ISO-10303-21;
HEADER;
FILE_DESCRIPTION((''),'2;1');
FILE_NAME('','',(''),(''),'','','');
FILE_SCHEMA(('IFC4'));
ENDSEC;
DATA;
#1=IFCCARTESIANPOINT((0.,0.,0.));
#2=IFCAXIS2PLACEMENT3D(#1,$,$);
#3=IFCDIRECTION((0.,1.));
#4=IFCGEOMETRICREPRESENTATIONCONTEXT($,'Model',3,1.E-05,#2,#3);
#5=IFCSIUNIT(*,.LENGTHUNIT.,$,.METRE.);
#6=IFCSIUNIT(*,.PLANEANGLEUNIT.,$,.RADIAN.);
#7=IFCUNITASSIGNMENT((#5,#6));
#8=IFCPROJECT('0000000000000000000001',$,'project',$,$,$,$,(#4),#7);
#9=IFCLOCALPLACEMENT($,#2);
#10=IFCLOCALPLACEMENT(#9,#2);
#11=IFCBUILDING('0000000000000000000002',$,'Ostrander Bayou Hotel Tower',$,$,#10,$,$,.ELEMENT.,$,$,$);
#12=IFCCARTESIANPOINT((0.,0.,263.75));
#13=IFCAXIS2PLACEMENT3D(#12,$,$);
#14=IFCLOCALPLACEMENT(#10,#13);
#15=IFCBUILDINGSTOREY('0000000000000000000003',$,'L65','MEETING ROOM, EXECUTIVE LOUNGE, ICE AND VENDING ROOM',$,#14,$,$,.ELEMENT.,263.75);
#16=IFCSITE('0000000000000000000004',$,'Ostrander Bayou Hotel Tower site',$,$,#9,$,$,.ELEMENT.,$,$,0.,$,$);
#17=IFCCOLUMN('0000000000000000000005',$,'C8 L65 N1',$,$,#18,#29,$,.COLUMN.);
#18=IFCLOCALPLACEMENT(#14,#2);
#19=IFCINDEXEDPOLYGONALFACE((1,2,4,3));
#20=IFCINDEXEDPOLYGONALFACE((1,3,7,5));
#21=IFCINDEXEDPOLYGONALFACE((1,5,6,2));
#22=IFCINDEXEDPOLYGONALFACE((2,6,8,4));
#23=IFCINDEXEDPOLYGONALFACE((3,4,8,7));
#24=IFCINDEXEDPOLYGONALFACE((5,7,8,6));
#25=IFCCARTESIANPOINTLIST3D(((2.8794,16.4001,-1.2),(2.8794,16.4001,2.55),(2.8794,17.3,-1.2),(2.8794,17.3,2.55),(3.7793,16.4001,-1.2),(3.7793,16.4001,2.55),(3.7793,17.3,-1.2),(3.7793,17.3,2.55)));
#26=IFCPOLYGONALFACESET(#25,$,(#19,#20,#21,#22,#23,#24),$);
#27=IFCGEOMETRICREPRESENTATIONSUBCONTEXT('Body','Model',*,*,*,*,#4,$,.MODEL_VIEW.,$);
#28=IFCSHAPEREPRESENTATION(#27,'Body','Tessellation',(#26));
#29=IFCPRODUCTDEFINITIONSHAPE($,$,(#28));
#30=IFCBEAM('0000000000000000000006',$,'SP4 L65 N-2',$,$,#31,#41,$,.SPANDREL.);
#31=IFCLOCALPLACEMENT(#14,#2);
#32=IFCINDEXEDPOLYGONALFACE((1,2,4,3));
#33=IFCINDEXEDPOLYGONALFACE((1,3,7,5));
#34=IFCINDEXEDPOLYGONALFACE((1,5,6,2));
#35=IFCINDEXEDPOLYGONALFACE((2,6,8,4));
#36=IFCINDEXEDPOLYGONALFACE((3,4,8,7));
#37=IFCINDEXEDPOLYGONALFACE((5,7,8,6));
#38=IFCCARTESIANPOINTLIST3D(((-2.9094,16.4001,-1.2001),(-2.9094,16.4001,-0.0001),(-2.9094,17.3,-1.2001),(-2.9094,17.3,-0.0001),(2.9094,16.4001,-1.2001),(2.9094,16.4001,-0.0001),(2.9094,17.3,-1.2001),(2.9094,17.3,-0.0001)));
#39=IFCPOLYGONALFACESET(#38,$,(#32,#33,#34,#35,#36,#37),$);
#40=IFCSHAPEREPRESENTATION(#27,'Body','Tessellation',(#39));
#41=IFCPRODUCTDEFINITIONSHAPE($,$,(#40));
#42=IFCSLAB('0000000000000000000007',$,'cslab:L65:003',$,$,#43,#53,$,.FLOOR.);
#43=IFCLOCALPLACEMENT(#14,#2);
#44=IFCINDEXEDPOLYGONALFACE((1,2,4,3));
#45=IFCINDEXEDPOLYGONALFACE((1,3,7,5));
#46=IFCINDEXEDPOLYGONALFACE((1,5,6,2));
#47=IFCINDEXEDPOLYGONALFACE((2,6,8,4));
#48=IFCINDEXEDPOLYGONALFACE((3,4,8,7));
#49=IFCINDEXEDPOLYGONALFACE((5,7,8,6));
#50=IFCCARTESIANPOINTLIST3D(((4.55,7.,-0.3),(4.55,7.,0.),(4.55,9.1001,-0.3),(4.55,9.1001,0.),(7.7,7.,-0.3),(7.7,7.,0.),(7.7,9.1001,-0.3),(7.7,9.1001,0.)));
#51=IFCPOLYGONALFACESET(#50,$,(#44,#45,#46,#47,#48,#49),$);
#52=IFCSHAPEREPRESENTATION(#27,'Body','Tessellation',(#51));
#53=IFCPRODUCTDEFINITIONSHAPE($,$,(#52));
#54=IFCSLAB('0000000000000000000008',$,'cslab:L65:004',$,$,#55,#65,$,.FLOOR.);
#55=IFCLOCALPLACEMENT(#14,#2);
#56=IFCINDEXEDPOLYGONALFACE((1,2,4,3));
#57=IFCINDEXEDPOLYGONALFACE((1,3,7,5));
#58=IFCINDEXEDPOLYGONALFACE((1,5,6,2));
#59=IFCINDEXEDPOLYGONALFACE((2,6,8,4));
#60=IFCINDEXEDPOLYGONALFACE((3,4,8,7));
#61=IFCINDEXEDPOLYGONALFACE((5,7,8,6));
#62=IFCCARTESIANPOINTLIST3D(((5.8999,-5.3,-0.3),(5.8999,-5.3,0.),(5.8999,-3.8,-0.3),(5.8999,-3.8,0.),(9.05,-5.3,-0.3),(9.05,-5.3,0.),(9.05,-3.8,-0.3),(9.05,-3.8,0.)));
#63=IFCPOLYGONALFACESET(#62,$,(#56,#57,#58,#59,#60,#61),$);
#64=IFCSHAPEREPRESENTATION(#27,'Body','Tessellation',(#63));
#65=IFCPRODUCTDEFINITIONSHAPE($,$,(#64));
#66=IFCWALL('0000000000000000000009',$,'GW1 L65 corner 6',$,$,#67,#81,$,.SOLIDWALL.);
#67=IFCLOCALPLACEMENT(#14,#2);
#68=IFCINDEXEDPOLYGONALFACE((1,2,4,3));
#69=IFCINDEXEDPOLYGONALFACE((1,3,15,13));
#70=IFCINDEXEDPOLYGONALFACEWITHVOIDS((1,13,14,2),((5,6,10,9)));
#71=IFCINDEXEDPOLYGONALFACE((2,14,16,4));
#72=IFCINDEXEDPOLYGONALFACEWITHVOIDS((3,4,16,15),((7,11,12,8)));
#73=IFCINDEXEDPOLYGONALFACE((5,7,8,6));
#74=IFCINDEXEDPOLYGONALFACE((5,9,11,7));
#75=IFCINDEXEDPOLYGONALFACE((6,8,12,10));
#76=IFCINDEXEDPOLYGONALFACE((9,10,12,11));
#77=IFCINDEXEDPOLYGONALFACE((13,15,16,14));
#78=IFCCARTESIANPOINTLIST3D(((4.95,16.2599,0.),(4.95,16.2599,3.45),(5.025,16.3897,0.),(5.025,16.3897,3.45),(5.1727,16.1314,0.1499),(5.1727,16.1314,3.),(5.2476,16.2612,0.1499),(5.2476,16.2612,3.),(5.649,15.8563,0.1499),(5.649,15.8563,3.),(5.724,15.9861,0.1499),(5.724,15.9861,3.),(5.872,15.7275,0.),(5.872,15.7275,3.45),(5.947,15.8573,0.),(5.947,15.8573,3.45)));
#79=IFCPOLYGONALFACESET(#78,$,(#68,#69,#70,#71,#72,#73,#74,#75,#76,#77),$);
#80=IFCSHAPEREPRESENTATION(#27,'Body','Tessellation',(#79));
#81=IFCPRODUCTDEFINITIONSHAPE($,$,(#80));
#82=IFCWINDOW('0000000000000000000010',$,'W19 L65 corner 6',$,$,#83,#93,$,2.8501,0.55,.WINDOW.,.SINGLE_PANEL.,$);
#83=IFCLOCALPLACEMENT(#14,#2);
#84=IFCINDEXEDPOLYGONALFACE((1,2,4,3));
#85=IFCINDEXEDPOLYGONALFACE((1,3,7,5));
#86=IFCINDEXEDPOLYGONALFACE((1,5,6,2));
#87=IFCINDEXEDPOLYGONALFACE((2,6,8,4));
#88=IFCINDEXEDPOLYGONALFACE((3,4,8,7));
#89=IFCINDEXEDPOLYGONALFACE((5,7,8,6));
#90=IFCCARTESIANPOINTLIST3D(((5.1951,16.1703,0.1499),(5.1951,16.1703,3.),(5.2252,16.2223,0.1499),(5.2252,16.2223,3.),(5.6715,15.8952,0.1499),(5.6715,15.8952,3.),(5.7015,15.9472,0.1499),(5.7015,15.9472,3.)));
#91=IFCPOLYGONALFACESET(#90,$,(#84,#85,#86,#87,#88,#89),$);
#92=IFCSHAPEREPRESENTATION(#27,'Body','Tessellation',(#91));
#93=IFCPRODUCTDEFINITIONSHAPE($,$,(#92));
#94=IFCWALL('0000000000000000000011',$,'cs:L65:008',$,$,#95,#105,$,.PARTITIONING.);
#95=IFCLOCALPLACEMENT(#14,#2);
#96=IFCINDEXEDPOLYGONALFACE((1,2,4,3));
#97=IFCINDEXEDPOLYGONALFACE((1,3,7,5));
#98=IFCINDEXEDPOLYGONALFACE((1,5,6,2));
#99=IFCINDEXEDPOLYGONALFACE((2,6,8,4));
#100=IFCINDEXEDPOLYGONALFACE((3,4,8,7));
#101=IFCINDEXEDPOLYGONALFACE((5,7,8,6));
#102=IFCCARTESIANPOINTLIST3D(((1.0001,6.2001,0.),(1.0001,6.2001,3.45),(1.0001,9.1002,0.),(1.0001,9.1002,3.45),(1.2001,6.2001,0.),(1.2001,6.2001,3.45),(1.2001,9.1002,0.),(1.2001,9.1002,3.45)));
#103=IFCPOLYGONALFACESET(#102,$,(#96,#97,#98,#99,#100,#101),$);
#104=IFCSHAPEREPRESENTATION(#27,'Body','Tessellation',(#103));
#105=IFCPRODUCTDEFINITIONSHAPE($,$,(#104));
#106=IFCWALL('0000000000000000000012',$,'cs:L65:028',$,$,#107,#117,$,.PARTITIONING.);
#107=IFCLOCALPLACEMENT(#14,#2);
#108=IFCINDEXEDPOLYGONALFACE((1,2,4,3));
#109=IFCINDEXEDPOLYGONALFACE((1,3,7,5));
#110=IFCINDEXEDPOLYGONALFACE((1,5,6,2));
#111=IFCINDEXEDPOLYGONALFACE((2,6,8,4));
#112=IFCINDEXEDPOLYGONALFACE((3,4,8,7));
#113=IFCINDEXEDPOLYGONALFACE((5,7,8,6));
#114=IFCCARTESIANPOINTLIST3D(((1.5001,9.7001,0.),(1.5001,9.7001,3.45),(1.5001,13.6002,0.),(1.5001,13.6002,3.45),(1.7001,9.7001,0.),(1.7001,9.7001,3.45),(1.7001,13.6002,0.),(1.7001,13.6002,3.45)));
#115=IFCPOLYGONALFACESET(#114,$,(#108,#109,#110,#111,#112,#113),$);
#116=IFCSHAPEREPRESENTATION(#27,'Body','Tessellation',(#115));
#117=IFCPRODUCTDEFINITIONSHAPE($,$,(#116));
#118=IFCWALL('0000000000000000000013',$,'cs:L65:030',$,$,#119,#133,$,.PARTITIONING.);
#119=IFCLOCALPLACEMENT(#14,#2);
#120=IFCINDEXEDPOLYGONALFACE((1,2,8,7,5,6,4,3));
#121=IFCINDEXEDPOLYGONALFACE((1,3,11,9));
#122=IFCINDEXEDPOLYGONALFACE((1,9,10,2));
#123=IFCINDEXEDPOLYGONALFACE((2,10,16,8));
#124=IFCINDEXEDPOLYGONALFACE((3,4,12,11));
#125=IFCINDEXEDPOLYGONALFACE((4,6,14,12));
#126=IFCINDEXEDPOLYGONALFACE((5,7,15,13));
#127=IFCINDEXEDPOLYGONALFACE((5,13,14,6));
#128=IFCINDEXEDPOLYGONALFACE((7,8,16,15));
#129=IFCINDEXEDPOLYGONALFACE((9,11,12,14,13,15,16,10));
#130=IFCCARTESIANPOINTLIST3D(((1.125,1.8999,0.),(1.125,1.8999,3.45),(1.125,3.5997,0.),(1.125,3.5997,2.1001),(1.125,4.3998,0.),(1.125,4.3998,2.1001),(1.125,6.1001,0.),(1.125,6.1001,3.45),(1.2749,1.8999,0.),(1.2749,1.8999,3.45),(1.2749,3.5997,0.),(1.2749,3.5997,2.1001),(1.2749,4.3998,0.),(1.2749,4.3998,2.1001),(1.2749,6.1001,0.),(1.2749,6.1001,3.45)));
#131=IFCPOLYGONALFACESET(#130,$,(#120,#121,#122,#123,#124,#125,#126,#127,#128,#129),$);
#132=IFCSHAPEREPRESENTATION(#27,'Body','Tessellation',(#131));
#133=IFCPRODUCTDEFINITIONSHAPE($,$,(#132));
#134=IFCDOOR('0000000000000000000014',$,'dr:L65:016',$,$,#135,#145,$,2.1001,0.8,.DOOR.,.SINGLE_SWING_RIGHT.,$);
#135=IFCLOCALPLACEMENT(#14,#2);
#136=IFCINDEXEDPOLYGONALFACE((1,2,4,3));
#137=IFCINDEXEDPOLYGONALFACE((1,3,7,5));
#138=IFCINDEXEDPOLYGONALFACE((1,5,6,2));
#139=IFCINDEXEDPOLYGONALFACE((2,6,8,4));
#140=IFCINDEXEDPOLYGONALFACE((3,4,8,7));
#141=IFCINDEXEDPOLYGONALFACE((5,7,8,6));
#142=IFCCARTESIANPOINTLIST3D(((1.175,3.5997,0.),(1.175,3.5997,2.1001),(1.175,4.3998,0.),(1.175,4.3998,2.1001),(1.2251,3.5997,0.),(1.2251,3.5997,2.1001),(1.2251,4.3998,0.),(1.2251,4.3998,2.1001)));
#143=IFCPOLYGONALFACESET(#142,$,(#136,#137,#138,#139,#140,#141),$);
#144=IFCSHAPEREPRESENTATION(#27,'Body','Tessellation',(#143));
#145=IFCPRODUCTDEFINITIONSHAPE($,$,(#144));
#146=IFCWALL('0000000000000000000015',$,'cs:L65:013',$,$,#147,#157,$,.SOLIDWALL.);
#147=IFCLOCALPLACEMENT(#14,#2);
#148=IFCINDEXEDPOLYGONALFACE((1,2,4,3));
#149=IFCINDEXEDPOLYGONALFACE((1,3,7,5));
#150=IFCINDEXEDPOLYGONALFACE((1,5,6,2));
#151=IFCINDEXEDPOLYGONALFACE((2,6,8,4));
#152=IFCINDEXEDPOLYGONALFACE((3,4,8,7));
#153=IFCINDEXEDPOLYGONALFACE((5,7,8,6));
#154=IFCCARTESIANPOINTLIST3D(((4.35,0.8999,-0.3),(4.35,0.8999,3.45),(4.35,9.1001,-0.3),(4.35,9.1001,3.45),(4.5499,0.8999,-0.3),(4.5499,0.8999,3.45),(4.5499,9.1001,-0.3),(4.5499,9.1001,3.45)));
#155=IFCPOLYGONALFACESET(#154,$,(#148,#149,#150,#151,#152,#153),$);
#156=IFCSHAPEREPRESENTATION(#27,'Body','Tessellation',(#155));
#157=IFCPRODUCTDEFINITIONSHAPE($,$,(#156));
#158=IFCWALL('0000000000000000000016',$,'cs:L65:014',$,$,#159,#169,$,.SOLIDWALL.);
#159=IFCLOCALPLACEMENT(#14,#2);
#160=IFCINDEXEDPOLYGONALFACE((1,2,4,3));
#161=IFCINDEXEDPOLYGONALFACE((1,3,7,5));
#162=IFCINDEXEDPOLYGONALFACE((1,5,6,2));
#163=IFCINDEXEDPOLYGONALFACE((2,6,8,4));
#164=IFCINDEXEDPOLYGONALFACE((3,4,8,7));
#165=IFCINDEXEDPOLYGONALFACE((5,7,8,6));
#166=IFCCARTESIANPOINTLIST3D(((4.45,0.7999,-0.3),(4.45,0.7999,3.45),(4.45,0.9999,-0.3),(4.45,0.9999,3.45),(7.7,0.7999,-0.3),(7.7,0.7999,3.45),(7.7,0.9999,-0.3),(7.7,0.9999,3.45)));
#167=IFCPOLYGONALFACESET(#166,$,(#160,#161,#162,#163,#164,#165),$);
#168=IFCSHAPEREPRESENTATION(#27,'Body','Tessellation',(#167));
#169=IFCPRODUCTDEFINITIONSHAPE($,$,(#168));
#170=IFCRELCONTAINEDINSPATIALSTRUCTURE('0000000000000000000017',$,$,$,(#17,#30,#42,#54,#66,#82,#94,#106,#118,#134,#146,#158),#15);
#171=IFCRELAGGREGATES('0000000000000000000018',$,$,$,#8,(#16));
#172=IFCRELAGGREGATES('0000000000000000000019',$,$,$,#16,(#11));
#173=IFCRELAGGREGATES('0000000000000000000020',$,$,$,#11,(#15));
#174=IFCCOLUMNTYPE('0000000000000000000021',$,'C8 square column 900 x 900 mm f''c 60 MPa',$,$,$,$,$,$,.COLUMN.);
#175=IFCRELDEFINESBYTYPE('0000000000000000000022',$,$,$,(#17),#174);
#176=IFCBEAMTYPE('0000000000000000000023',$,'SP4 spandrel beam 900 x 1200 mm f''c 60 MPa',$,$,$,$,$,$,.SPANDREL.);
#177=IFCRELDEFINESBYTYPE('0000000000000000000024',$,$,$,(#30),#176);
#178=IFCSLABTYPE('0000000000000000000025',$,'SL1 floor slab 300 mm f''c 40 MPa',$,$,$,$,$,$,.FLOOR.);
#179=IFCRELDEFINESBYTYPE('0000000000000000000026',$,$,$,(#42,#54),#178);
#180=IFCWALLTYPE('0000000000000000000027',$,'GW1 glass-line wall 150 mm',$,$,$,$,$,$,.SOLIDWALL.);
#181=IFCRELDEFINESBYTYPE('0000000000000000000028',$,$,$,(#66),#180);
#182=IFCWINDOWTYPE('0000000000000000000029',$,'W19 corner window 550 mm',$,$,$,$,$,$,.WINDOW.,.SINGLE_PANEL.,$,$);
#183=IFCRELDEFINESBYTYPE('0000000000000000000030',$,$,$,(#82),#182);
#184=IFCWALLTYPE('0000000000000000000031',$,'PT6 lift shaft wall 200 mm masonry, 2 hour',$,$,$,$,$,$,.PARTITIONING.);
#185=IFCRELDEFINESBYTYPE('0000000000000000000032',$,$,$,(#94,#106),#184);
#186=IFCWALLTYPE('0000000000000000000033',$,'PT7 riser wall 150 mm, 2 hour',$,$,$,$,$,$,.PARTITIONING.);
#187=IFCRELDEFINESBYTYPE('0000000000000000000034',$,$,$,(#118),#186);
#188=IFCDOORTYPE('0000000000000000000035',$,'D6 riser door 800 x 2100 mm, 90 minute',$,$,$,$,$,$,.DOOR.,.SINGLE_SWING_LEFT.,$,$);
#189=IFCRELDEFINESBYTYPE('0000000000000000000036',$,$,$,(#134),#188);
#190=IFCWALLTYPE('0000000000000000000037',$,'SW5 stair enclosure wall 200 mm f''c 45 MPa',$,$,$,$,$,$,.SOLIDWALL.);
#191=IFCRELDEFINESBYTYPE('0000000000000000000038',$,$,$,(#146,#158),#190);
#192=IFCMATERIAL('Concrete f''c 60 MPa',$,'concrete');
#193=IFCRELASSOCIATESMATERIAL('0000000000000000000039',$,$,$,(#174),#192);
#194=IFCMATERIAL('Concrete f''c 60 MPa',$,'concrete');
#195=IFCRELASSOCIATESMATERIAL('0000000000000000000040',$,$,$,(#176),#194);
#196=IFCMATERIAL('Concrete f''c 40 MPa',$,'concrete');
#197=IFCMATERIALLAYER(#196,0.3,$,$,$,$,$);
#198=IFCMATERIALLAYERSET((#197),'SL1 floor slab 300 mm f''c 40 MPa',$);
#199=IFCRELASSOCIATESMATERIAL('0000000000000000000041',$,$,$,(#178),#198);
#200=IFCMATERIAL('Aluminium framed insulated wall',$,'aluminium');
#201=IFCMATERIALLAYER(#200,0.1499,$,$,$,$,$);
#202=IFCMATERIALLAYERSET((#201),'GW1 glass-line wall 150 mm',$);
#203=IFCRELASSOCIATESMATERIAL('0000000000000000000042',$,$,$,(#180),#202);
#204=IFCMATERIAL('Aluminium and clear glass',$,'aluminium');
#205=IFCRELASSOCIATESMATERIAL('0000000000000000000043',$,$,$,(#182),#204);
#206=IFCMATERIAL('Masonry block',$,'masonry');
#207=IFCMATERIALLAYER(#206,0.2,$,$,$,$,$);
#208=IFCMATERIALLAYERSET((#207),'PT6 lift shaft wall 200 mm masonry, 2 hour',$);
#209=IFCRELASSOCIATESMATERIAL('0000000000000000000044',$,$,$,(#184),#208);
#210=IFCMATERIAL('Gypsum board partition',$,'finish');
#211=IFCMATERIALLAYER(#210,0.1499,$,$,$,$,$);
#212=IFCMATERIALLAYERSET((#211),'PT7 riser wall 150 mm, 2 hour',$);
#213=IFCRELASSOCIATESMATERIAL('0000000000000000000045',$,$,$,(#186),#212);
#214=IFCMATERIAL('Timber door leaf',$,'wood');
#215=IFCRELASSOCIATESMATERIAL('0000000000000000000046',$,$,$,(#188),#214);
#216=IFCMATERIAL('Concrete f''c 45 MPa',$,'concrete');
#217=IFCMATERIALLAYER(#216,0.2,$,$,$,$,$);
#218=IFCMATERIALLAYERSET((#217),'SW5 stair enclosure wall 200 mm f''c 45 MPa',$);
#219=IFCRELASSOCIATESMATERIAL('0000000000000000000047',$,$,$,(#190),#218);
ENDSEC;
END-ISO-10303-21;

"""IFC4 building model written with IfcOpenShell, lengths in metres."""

from ifc_helpers import new_model, si_unit, direction, frame, frame_2d, origin, origin_2d, place, context, subcontext, project, spatial, polyline, rectangle, outline, extrude, material, layer, layer_set, material_profile, profile_set, type_object, element, fill, save


model = new_model("IFC4")

# Units and contexts
model_context = context("Model", 3, precision=1e-05, world=origin(), true_north=direction((0.0, 1.0)))
body_context = subcontext(model_context, "Body", "Model", "MODEL_VIEW")
ifc_project = project(units=[si_unit("LENGTHUNIT", "METRE"), si_unit("PLANEANGLEUNIT", "RADIAN")], contexts=[model_context])

# Site, building, storey
site_placement = place(None, origin())
site = spatial("IfcSite", under=ifc_project, at=site_placement, Name="Ostrander Bayou Hotel Tower site", CompositionType="ELEMENT", RefElevation=0.0)
building_placement = place(site_placement, origin())
building = spatial("IfcBuilding", under=site, at=building_placement, Name="Ostrander Bayou Hotel Tower", CompositionType="ELEMENT")
storey_placement = place(building_placement, frame((0.0, 0.0, 263.75)))
storey = spatial("IfcBuildingStorey", under=building, at=storey_placement, Name="L65", Description="MEETING ROOM, EXECUTIVE LOUNGE, ICE AND VENDING ROOM", CompositionType="ELEMENT", Elevation=263.75)

# Column
ifc_material_1 = material(Name="Concrete f'c 60 MPa", Category="concrete")
ifc_material_profile_1 = material_profile(ifc_material_1, rectangle(XDim=0.8999, YDim=0.8999, at=origin_2d()))
ifc_profile_set_1 = profile_set([ifc_material_profile_1], Name="Concrete f'c 60 MPa")
column_type = type_object("IfcColumnType", Name="C8 square column 900 x 900 mm f'c 60 MPa", PredefinedType="COLUMN", material=ifc_profile_set_1)
column_placement = place(storey_placement, frame((3.3293, 16.8501, -1.2), z_axis=(0.0, 0.0, 1.0), x_axis=(1.0, 0.0, 0.0)))
element("IfcColumn", 1, at=column_placement, inside=storey, type_object=column_type, Name="C8 L65 N1", PredefinedType="COLUMN", context=body_context, shape_type="SweptSolid", body=[
    extrude(rectangle(XDim=0.8999, YDim=0.8999, at=origin_2d()), origin(), (0.0, 0.0, 1.0), 3.75),
])

# Beam
ifc_material_2 = material(Name="Concrete f'c 60 MPa", Category="concrete")
ifc_material_profile_2 = material_profile(ifc_material_2, rectangle(XDim=0.8999, YDim=1.2, at=origin_2d()))
ifc_profile_set_2 = profile_set([ifc_material_profile_2], Name="Concrete f'c 60 MPa")
beam_type = type_object("IfcBeamType", Name="SP4 spandrel beam 900 x 1200 mm f'c 60 MPa", PredefinedType="SPANDREL", material=ifc_profile_set_2)
beam_placement = place(storey_placement, frame((2.9094, 16.8501, -0.6001), z_axis=(-1.0, 0.0, 0.0), x_axis=(0.0, -1.0, 0.0)))
element("IfcBeam", 2, at=beam_placement, inside=storey, type_object=beam_type, Name="SP4 L65 N-2", PredefinedType="SPANDREL", context=body_context, shape_type="SweptSolid", body=[
    extrude(rectangle(XDim=0.8999, YDim=1.2, at=origin_2d()), origin(), (0.0, 0.0, 1.0), 5.8188),
])

# Slabs
ifc_material_3 = material(Name="Concrete f'c 40 MPa", Category="concrete")
ifc_layer_1 = layer(ifc_material_3, 0.3)
ifc_layer_set_1 = layer_set([ifc_layer_1], Name="SL1 floor slab 300 mm f'c 40 MPa")
slab_type = type_object("IfcSlabType", Name="SL1 floor slab 300 mm f'c 40 MPa", PredefinedType="FLOOR", material=ifc_layer_set_1)
slab_1_placement = place(storey_placement, frame((0.0, 0.0, -0.3)))
element("IfcSlab", 3, at=slab_1_placement, inside=storey, type_object=slab_type, Name="cslab:L65:003", PredefinedType="FLOOR", context=body_context, shape_type="SweptSolid", body=[
    extrude(outline(polyline([(7.7, 7.0), (7.7, 9.1001), (4.55, 9.1001), (4.55, 7.0), (7.7, 7.0)])), origin(), (0.0, 0.0, 1.0), 0.3),
])
slab_2_placement = place(storey_placement, frame((0.0, 0.0, -0.3)))
element("IfcSlab", 4, at=slab_2_placement, inside=storey, type_object=slab_type, Name="cslab:L65:004", PredefinedType="FLOOR", context=body_context, shape_type="SweptSolid", body=[
    extrude(outline(polyline([(9.05, -5.3), (9.05, -3.8), (5.8999, -3.8), (5.8999, -5.3), (9.05, -5.3)])), origin(), (0.0, 0.0, 1.0), 0.3),
])

# Wall, opening, window
ifc_material_4 = material(Name="Aluminium framed insulated wall", Category="aluminium")
ifc_layer_2 = layer(ifc_material_4, 0.1499)
ifc_layer_set_2 = layer_set([ifc_layer_2], Name="GW1 glass-line wall 150 mm")
wall_type_1 = type_object("IfcWallType", Name="GW1 glass-line wall 150 mm", PredefinedType="SOLIDWALL", material=ifc_layer_set_2)
wall_1_placement = place(storey_placement, frame((5.9094, 15.7925, 0.0), z_axis=(0.0, 0.0, 1.0), x_axis=(-0.865991, 0.50006, 0.0)))
wall_1 = element("IfcWall", 5, at=wall_1_placement, inside=storey, type_object=wall_type_1, Name="GW1 L65 corner 6", PredefinedType="SOLIDWALL", context=body_context, shape_type="SweptSolid", body=[
    extrude(rectangle(XDim=1.0647, YDim=0.1499, at=frame_2d((0.5322, 0.0))), origin(), (0.0, 0.0, 1.0), 3.45),
])
opening_1_placement = place(wall_1_placement, frame((0.2576, 0.0, 0.1499)))
opening_1 = element("IfcOpeningElement", 6, at=opening_1_placement, cuts=wall_1, PredefinedType="OPENING", context=body_context, shape_type="SweptSolid", body=[
    extrude(rectangle(XDim=0.55, YDim=2.8501, at=frame_2d((0.2749, 1.425))), frame((0.0, 0.075, 0.0), z_axis=(0.0, -1.0, 0.0), x_axis=(1.0, 0.0, 0.0)), (0.0, 0.0, 1.0), 0.1499),
])
ifc_material_5 = material(Name="Aluminium and clear glass", Category="aluminium")
window_type_1 = type_object("IfcWindowType", Name="W19 corner window 550 mm", PartitioningType="SINGLE_PANEL", PredefinedType="WINDOW", material=ifc_material_5)
window_1_placement = place(opening_1_placement, origin())
window_1 = element("IfcWindow", 7, at=window_1_placement, inside=storey, type_object=window_type_1, Name="W19 L65 corner 6", OverallHeight=2.8501, OverallWidth=0.55, PartitioningType="SINGLE_PANEL", PredefinedType="WINDOW", context=body_context, shape_type="SweptSolid", body=[
    extrude(rectangle(XDim=0.55, YDim=2.8501, at=frame_2d((0.2749, 1.425))), frame((0.0, 0.03, 0.0), z_axis=(0.0, -1.0, 0.0), x_axis=(1.0, 0.0, 0.0)), (0.0, 0.0, 1.0), 0.0601),
])
fill(opening_1, window_1)

# Shared definitions
ifc_material_6 = material(Name="Masonry block", Category="masonry")
ifc_layer_3 = layer(ifc_material_6, 0.2)
ifc_layer_set_3 = layer_set([ifc_layer_3], Name="PT6 lift shaft wall 200 mm masonry, 2 hour")
wall_type_2 = type_object("IfcWallType", Name="PT6 lift shaft wall 200 mm masonry, 2 hour", PredefinedType="PARTITIONING", material=ifc_layer_set_3)

# Walls
wall_2_placement = place(storey_placement, frame((1.1001, 6.2, 0.0), z_axis=(0.0, 0.0, 1.0), x_axis=(0.0, 1.0, 0.0)))
element("IfcWall", 8, at=wall_2_placement, inside=storey, type_object=wall_type_2, Name="cs:L65:008", PredefinedType="PARTITIONING", context=body_context, shape_type="SweptSolid", body=[
    extrude(rectangle(XDim=2.9001, YDim=0.2, at=frame_2d((1.4502, 0.0))), origin(), (0.0, 0.0, 1.0), 3.45),
])
wall_3_placement = place(storey_placement, frame((1.6001, 9.7, 0.0), z_axis=(0.0, 0.0, 1.0), x_axis=(0.0, 1.0, 0.0)))
element("IfcWall", 9, at=wall_3_placement, inside=storey, type_object=wall_type_2, Name="cs:L65:028", PredefinedType="PARTITIONING", context=body_context, shape_type="SweptSolid", body=[
    extrude(rectangle(XDim=3.9001, YDim=0.2, at=frame_2d((1.9502, 0.0))), origin(), (0.0, 0.0, 1.0), 3.45),
])

# Wall, opening, door
ifc_material_7 = material(Name="Gypsum board partition", Category="finish")
ifc_layer_4 = layer(ifc_material_7, 0.1499)
ifc_layer_set_4 = layer_set([ifc_layer_4], Name="PT7 riser wall 150 mm, 2 hour")
wall_type_3 = type_object("IfcWallType", Name="PT7 riser wall 150 mm, 2 hour", PredefinedType="PARTITIONING", material=ifc_layer_set_4)
wall_4_placement = place(storey_placement, frame((1.2, 1.8999, 0.0), z_axis=(0.0, 0.0, 1.0), x_axis=(0.0, 1.0, 0.0)))
wall_4 = element("IfcWall", 10, at=wall_4_placement, inside=storey, type_object=wall_type_3, Name="cs:L65:030", PredefinedType="PARTITIONING", context=body_context, shape_type="SweptSolid", body=[
    extrude(rectangle(XDim=4.2002, YDim=0.1499, at=frame_2d((2.1001, 0.0))), origin(), (0.0, 0.0, 1.0), 3.45),
])
opening_2_placement = place(wall_4_placement, frame((1.7, 0.0, 0.0)))
opening_2 = element("IfcOpeningElement", 11, at=opening_2_placement, cuts=wall_4, PredefinedType="OPENING", context=body_context, shape_type="SweptSolid", body=[
    extrude(rectangle(XDim=0.8, YDim=2.1001, at=frame_2d((0.3999, 1.05))), frame((0.0, 0.075, 0.0), z_axis=(0.0, -1.0, 0.0), x_axis=(1.0, 0.0, 0.0)), (0.0, 0.0, 1.0), 0.1499),
])
ifc_material_8 = material(Name="Timber door leaf", Category="wood")
door_type_1 = type_object("IfcDoorType", Name="D6 riser door 800 x 2100 mm, 90 minute", OperationType="SINGLE_SWING_LEFT", PredefinedType="DOOR", material=ifc_material_8)
door_1_placement = place(opening_2_placement, origin())
door_1 = element("IfcDoor", 12, at=door_1_placement, inside=storey, type_object=door_type_1, Name="dr:L65:016", OperationType="SINGLE_SWING_RIGHT", OverallHeight=2.1001, OverallWidth=0.8, PredefinedType="DOOR", context=body_context, shape_type="SweptSolid", body=[
    extrude(rectangle(XDim=0.8, YDim=2.1001, at=frame_2d((0.3999, 1.05))), frame((0.0, 0.0249, 0.0), z_axis=(0.0, -1.0, 0.0), x_axis=(1.0, 0.0, 0.0)), (0.0, 0.0, 1.0), 0.05),
])
fill(opening_2, door_1)

# Walls
ifc_material_9 = material(Name="Concrete f'c 45 MPa", Category="concrete")
ifc_layer_5 = layer(ifc_material_9, 0.2)
ifc_layer_set_5 = layer_set([ifc_layer_5], Name="SW5 stair enclosure wall 200 mm f'c 45 MPa")
wall_type_4 = type_object("IfcWallType", Name="SW5 stair enclosure wall 200 mm f'c 45 MPa", PredefinedType="SOLIDWALL", material=ifc_layer_set_5)
wall_5_placement = place(storey_placement, frame((4.45, 0.8999, -0.3), z_axis=(0.0, 0.0, 1.0), x_axis=(0.0, 1.0, 0.0)))
element("IfcWall", 13, at=wall_5_placement, inside=storey, type_object=wall_type_4, Name="cs:L65:013", PredefinedType="SOLIDWALL", context=body_context, shape_type="SweptSolid", body=[
    extrude(rectangle(XDim=8.2002, YDim=0.2, at=frame_2d((4.1001, 0.0))), origin(), (0.0, 0.0, 1.0), 3.75),
])
wall_6_placement = place(storey_placement, frame((4.45, 0.8999, -0.3), z_axis=(0.0, 0.0, 1.0), x_axis=(1.0, 0.0, 0.0)))
element("IfcWall", 14, at=wall_6_placement, inside=storey, type_object=wall_type_4, Name="cs:L65:014", PredefinedType="SOLIDWALL", context=body_context, shape_type="SweptSolid", body=[
    extrude(rectangle(XDim=3.25, YDim=0.2, at=frame_2d((1.625, 0.0))), origin(), (0.0, 0.0, 1.0), 3.75),
])

save(model, "model.ifc")
